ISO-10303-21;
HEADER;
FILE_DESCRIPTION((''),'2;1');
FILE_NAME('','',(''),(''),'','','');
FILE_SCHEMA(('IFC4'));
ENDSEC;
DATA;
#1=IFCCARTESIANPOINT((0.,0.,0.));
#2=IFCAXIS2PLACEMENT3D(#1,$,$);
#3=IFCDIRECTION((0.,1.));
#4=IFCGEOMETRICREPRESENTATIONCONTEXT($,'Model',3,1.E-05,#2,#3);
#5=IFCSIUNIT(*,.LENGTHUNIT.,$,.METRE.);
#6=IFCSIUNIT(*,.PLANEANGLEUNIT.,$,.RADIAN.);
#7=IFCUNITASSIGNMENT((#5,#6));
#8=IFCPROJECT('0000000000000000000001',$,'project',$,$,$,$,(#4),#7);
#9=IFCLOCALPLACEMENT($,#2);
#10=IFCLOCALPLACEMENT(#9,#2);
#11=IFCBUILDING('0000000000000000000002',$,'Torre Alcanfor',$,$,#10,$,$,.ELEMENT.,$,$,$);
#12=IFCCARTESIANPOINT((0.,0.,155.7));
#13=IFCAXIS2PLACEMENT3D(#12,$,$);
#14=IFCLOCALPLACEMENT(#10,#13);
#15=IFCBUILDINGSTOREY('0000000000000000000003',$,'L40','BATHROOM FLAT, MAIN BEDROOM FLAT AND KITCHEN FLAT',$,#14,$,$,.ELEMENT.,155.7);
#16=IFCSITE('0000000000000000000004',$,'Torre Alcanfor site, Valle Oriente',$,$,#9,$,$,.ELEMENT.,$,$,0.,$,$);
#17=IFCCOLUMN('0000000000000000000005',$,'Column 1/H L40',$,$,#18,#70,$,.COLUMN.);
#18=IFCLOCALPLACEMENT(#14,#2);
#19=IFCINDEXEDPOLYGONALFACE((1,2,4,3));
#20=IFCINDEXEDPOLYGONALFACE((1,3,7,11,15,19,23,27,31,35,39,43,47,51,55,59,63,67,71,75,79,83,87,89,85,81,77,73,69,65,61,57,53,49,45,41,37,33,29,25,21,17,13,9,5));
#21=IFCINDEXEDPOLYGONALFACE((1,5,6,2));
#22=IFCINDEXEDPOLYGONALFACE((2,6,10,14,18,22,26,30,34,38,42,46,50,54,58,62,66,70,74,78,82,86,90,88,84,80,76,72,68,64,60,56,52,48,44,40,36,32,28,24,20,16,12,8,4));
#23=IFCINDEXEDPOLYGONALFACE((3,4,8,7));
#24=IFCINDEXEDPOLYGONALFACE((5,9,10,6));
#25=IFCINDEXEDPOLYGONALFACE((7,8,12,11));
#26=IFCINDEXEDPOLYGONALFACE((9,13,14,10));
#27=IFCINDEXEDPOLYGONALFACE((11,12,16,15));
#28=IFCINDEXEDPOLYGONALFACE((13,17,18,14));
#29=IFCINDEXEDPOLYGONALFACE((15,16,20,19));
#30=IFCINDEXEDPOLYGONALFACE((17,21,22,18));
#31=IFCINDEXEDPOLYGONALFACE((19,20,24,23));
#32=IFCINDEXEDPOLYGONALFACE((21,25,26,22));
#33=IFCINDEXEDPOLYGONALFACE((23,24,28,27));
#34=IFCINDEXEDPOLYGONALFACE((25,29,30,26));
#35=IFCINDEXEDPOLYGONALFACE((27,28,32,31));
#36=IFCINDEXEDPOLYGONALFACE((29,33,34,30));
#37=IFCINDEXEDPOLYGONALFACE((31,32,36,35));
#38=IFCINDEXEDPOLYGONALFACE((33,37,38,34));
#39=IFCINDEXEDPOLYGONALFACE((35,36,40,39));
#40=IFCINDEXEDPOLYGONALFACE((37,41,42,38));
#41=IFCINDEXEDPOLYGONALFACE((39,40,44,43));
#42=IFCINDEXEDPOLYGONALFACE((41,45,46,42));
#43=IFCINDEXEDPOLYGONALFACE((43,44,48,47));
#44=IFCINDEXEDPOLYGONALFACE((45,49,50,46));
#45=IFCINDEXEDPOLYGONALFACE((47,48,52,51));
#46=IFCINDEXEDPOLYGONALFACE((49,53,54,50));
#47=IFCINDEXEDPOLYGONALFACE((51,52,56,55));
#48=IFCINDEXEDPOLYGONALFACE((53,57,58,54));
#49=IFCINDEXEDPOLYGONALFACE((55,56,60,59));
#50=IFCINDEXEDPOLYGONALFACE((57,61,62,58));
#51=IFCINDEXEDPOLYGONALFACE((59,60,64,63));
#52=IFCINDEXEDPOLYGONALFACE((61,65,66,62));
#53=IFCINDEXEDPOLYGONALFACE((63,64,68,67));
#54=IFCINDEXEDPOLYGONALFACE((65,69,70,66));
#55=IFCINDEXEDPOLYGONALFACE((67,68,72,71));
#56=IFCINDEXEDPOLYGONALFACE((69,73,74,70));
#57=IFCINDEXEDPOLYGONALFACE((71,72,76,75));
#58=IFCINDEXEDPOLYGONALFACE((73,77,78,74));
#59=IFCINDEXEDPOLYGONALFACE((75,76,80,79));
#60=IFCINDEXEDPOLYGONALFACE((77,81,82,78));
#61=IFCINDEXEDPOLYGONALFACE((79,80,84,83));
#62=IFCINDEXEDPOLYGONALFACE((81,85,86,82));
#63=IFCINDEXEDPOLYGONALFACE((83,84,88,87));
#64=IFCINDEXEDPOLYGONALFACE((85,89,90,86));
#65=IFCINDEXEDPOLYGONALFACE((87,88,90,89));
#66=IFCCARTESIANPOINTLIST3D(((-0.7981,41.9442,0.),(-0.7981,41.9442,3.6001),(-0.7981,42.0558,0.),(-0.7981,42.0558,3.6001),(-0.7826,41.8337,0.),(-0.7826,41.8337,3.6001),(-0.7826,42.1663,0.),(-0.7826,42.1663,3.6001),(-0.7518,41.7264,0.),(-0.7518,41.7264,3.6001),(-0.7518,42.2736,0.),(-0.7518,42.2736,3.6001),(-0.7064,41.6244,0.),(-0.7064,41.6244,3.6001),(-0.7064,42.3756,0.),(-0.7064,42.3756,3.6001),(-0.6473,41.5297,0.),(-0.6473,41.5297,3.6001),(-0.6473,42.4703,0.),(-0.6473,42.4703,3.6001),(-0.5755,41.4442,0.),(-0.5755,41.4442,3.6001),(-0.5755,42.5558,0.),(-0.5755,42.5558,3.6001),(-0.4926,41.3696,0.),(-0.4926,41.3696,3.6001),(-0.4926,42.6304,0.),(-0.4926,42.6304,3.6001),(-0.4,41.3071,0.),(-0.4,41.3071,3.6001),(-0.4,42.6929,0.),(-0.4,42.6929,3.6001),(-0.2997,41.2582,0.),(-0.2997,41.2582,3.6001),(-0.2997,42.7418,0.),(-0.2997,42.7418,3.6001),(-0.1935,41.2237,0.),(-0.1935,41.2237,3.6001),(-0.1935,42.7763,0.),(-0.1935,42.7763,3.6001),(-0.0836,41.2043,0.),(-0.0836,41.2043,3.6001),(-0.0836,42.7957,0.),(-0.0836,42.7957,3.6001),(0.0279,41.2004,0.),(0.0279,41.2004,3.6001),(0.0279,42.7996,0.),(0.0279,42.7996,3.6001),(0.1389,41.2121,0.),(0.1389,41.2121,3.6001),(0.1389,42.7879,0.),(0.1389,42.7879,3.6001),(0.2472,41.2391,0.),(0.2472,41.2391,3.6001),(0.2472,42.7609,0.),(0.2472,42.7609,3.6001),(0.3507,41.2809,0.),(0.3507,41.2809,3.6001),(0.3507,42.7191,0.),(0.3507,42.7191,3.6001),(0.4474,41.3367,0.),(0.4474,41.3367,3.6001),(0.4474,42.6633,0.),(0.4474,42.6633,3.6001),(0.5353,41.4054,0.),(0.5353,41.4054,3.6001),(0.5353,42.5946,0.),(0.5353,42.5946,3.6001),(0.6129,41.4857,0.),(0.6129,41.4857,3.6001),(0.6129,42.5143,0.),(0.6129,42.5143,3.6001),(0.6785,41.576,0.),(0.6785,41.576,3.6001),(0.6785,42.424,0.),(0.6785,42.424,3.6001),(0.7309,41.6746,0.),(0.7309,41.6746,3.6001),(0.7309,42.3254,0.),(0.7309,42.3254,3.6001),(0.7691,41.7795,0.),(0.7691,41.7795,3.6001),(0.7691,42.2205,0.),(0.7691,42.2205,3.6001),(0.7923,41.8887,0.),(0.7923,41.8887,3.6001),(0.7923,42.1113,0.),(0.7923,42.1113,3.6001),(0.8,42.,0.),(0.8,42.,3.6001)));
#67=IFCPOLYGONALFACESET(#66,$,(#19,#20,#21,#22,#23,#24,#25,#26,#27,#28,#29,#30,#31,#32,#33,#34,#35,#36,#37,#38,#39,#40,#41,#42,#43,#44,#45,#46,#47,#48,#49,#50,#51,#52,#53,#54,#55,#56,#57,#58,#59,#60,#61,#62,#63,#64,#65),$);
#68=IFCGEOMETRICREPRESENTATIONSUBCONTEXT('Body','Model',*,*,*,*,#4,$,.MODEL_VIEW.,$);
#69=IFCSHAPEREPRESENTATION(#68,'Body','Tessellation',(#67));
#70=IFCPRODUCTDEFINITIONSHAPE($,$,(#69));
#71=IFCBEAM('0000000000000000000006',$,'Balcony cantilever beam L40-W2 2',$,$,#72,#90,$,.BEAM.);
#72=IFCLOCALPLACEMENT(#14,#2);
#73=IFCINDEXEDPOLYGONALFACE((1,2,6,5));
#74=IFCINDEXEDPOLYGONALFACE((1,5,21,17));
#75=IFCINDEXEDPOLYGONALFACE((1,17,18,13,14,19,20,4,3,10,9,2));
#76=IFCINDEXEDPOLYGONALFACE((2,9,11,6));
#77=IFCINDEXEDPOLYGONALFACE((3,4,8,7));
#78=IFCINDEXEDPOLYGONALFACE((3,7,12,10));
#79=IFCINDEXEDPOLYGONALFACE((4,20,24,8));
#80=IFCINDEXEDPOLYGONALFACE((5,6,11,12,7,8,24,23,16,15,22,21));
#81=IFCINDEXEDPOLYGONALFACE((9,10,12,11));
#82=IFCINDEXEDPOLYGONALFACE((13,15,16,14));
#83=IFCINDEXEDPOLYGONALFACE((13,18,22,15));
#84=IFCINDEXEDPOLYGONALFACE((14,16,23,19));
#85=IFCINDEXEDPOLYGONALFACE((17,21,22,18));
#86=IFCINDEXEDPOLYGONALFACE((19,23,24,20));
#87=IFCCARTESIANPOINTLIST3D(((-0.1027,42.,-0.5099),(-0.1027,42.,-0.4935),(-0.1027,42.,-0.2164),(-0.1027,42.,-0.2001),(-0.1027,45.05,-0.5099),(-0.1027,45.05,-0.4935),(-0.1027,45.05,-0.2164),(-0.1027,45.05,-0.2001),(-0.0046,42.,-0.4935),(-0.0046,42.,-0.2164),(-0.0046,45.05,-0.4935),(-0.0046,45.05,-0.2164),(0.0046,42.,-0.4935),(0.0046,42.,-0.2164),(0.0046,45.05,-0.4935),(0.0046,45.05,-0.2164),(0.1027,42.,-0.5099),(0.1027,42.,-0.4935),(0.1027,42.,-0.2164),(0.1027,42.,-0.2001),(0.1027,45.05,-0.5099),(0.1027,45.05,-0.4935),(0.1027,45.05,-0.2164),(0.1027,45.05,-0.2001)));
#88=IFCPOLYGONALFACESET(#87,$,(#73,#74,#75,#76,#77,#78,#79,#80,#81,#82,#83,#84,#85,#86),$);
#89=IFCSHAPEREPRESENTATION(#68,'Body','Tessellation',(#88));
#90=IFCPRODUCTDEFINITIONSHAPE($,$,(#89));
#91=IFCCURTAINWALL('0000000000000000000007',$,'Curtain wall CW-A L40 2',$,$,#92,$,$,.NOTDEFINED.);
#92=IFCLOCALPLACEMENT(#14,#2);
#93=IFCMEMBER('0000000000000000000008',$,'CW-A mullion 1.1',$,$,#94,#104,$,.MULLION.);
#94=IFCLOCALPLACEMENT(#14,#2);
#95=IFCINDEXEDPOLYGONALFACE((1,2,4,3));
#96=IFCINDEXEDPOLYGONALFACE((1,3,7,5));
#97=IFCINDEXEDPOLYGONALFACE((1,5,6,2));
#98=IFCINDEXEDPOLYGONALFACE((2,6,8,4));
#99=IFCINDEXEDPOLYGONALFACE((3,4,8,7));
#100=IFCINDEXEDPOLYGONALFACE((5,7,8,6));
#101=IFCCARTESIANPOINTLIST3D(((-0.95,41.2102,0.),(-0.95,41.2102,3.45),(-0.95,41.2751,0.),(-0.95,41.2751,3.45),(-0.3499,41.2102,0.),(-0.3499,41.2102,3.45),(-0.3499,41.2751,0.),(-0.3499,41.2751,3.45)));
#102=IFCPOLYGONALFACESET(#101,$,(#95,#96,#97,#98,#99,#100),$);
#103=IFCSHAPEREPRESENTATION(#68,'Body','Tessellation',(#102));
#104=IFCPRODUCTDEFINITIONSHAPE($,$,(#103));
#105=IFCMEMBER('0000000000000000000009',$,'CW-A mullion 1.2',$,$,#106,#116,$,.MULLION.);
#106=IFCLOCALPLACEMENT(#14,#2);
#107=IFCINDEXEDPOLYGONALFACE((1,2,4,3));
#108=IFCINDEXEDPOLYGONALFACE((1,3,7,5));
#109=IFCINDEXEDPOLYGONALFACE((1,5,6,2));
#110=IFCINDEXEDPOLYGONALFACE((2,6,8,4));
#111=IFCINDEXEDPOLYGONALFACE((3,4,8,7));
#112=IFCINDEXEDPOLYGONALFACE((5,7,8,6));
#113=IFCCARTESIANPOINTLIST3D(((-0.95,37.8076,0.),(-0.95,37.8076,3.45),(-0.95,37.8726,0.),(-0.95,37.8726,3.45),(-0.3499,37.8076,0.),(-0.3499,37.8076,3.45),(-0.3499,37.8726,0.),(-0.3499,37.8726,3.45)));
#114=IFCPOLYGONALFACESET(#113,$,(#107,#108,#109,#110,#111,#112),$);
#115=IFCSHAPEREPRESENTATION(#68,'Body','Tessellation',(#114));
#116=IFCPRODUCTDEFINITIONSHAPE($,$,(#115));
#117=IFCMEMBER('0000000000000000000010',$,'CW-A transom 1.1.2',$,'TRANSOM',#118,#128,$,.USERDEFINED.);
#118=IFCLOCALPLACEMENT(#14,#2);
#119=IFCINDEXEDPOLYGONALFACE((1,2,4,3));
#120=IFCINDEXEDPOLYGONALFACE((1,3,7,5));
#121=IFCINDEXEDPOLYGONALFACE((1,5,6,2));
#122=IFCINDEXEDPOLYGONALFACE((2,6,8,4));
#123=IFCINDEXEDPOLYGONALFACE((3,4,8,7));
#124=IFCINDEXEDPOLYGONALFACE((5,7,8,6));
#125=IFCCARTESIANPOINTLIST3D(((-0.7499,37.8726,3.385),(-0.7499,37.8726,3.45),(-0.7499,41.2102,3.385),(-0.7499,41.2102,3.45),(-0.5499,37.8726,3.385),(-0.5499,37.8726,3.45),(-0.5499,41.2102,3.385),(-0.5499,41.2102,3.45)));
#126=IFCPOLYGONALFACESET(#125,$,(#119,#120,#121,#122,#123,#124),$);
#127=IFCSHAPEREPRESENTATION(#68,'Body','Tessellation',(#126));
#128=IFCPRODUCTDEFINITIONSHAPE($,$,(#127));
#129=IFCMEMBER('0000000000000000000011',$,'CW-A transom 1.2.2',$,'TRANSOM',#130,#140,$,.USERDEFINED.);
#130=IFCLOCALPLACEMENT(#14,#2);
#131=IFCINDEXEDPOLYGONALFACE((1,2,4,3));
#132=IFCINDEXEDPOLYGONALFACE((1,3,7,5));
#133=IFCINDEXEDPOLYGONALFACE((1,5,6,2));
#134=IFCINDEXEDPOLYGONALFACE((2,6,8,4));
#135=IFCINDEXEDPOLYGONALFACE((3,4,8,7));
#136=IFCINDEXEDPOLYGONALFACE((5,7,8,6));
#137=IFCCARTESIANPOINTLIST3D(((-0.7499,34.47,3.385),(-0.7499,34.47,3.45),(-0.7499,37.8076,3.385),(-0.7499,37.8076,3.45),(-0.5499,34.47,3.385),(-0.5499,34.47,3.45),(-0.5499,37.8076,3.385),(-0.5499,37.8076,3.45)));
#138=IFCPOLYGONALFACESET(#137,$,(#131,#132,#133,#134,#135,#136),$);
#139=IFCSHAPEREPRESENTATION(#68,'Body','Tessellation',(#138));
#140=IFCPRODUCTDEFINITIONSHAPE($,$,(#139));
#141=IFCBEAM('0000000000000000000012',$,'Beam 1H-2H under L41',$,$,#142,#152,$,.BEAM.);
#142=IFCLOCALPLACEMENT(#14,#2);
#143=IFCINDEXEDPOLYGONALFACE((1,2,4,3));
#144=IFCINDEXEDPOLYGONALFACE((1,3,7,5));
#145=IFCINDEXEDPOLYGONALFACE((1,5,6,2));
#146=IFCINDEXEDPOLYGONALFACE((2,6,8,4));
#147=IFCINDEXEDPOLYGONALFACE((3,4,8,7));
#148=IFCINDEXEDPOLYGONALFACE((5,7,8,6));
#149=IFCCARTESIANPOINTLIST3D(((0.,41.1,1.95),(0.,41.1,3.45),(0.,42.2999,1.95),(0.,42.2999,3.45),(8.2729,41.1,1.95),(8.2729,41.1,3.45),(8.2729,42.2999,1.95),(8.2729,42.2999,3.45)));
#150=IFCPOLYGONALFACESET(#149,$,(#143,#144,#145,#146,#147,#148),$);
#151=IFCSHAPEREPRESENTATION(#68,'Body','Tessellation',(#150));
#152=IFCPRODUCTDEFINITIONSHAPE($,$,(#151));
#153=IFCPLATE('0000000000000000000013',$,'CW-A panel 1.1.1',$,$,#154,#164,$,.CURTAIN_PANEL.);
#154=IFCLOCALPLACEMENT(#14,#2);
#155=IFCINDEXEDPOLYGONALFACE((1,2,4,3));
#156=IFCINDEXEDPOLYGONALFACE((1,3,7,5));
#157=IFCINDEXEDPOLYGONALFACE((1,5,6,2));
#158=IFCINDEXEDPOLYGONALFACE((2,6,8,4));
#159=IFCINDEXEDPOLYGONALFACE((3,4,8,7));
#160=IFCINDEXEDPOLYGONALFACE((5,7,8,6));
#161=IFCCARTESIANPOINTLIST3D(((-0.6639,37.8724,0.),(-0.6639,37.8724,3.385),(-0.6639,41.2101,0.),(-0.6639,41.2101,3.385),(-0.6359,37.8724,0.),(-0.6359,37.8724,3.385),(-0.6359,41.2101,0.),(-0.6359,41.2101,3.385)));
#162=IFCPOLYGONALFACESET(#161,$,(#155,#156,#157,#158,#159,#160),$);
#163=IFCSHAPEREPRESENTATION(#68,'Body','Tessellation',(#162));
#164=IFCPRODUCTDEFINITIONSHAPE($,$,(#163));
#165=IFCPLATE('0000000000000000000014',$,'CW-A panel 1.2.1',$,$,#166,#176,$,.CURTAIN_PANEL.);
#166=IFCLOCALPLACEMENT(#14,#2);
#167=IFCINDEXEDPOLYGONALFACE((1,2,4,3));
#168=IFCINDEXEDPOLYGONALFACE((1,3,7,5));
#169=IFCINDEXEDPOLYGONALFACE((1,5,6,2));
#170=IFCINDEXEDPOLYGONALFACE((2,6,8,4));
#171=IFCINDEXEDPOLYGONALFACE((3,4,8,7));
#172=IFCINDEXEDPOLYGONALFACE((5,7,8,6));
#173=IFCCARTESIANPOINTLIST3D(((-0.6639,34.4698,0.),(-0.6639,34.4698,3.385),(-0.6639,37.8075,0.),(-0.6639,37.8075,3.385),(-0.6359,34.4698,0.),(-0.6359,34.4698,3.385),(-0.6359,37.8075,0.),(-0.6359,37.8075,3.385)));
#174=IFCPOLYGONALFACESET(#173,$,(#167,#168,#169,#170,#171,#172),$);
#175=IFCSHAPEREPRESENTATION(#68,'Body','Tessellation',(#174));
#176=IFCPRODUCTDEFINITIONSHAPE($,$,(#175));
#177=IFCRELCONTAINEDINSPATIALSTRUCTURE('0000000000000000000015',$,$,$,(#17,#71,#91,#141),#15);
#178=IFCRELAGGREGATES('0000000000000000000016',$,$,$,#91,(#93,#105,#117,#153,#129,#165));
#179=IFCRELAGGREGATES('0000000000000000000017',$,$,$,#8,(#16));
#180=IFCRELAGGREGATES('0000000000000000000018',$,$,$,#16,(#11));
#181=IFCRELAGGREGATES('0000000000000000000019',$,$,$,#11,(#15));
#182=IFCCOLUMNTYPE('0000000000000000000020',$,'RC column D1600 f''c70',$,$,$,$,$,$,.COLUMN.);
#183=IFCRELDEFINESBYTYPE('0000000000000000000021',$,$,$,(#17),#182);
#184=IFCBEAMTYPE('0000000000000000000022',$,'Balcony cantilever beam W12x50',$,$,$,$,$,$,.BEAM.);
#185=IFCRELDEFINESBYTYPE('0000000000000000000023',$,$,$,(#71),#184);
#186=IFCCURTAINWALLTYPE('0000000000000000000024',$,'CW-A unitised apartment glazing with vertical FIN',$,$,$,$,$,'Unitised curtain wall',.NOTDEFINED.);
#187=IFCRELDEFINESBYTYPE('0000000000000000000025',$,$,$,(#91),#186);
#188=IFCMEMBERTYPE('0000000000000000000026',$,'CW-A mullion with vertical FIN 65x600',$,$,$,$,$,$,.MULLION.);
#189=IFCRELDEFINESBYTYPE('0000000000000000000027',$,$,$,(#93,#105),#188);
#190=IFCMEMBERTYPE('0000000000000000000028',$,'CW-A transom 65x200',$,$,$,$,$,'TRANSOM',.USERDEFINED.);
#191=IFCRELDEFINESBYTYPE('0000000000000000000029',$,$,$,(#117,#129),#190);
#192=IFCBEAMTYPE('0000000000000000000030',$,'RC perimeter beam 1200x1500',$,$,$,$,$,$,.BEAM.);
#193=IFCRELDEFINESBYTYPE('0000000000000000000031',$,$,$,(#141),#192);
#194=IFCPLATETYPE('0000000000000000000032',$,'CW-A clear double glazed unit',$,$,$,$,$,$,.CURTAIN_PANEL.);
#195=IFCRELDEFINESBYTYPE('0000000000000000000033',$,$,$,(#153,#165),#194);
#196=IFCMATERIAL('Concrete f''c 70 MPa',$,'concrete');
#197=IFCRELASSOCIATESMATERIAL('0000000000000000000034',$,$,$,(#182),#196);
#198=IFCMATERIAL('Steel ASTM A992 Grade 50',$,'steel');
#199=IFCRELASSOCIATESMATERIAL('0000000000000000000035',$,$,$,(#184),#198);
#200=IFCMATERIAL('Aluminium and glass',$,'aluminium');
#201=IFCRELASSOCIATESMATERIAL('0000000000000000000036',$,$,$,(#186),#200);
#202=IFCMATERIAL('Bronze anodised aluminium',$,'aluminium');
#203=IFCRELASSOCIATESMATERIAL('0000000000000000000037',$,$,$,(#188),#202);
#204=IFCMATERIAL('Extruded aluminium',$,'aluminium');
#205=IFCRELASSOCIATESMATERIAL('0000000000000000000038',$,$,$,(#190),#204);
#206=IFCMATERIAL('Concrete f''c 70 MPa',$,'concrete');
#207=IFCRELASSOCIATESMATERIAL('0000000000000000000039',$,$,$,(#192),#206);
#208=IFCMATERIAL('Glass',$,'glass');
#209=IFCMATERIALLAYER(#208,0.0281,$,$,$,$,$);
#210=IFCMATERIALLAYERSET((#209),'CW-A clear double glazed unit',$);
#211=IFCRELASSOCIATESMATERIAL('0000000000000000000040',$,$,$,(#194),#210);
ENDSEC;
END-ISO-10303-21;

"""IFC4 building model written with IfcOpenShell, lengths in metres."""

from ifc_helpers import new_model, si_unit, direction, frame, origin, origin_2d, place, context, subcontext, project, spatial, rectangle, circle, i_section, extrude, material, layer, layer_set, material_profile, profile_set, type_object, element, aggregate, save


model = new_model("IFC4")

# Units and contexts
model_context = context("Model", 3, precision=1e-05, world=origin(), true_north=direction((0.0, 1.0)))
body_context = subcontext(model_context, "Body", "Model", "MODEL_VIEW")
ifc_project = project(units=[si_unit("LENGTHUNIT", "METRE"), si_unit("PLANEANGLEUNIT", "RADIAN")], contexts=[model_context])

# Site, building, storey
site_placement = place(None, origin())
site = spatial("IfcSite", under=ifc_project, at=site_placement, Name="Torre Alcanfor site, Valle Oriente", CompositionType="ELEMENT", RefElevation=0.0)
building_placement = place(site_placement, origin())
building = spatial("IfcBuilding", under=site, at=building_placement, Name="Torre Alcanfor", CompositionType="ELEMENT")
storey_placement = place(building_placement, frame((0.0, 0.0, 155.7)))
storey = spatial("IfcBuildingStorey", under=building, at=storey_placement, Name="L40", Description="BATHROOM FLAT, MAIN BEDROOM FLAT AND KITCHEN FLAT", CompositionType="ELEMENT", Elevation=155.7)

# Column
ifc_material_1 = material(Name="Concrete f'c 70 MPa", Category="concrete")
ifc_material_profile_1 = material_profile(ifc_material_1, circle(Radius=0.8, at=origin_2d()), Name="D1600")
ifc_profile_set_1 = profile_set([ifc_material_profile_1], Name="Concrete f'c 70 MPa")
column_type = type_object("IfcColumnType", Name="RC column D1600 f'c70", PredefinedType="COLUMN", material=ifc_profile_set_1)
column_placement = place(storey_placement, frame((0.0, 42.0, 0.0), z_axis=(0.0, 0.0, 1.0), x_axis=(1.0, 0.0, 0.0)))
element("IfcColumn", 1, at=column_placement, inside=storey, type_object=column_type, Name="Column 1/H L40", PredefinedType="COLUMN", context=body_context, shape_type="SweptSolid", body=[
    extrude(circle(Radius=0.8, at=origin_2d()), origin(), (0.0, 0.0, 1.0), 3.6001),
])

# Beam
ifc_material_2 = material(Name="Steel ASTM A992 Grade 50", Category="steel")
ifc_material_profile_2 = material_profile(ifc_material_2, i_section(OverallWidth=0.2053, OverallDepth=0.3098, WebThickness=0.0093, FlangeThickness=0.0164, at=origin_2d()), Name="W12x50")
ifc_profile_set_2 = profile_set([ifc_material_profile_2], Name="Steel ASTM A992 Grade 50")
beam_type_1 = type_object("IfcBeamType", Name="Balcony cantilever beam W12x50", PredefinedType="BEAM", material=ifc_profile_set_2)
beam_1_placement = place(storey_placement, frame((0.0, 42.0, -0.355), z_axis=(0.0, 1.0, 0.0), x_axis=(-1.0, 0.0, 0.0)))
element("IfcBeam", 2, at=beam_1_placement, inside=storey, type_object=beam_type_1, Name="Balcony cantilever beam L40-W2 2", PredefinedType="BEAM", context=body_context, shape_type="SweptSolid", body=[
    extrude(i_section(OverallWidth=0.2053, OverallDepth=0.3098, WebThickness=0.0093, FlangeThickness=0.0164, at=origin_2d()), origin(), (0.0, 0.0, 1.0), 3.05),
])

# Curtain wall, members
ifc_material_3 = material(Name="Aluminium and glass", Category="aluminium")
curtain_wall_type = type_object("IfcCurtainWallType", Name="CW-A unitised apartment glazing with vertical FIN", ElementType="Unitised curtain wall", PredefinedType="NOTDEFINED", material=ifc_material_3)
curtain_wall_placement = place(storey_placement, origin())
curtain_wall = element("IfcCurtainWall", 3, at=curtain_wall_placement, inside=storey, type_object=curtain_wall_type, Name="Curtain wall CW-A L40 2", PredefinedType="NOTDEFINED")
ifc_material_4 = material(Name="Bronze anodised aluminium", Category="aluminium")
ifc_material_profile_3 = material_profile(ifc_material_4, rectangle(XDim=0.6001, YDim=0.0649, at=origin_2d()), Name="CW-A mullion 65x600")
ifc_profile_set_3 = profile_set([ifc_material_profile_3], Name="Bronze anodised aluminium")
member_type_1 = type_object("IfcMemberType", Name="CW-A mullion with vertical FIN 65x600", PredefinedType="MULLION", material=ifc_profile_set_3)
member_1_placement = place(storey_placement, frame((-0.6499, 41.2427, 0.0), z_axis=(0.0, 0.0, 1.0), x_axis=(1.0, 0.0, 0.0)))
member_1 = element("IfcMember", 4, at=member_1_placement, type_object=member_type_1, Name="CW-A mullion 1.1", PredefinedType="MULLION", context=body_context, shape_type="SweptSolid", body=[
    extrude(rectangle(XDim=0.6001, YDim=0.0649, at=origin_2d()), origin(), (0.0, 0.0, 1.0), 3.45),
])
member_2_placement = place(storey_placement, frame((-0.6499, 37.8401, 0.0), z_axis=(0.0, 0.0, 1.0), x_axis=(1.0, 0.0, 0.0)))
member_2 = element("IfcMember", 5, at=member_2_placement, type_object=member_type_1, Name="CW-A mullion 1.2", PredefinedType="MULLION", context=body_context, shape_type="SweptSolid", body=[
    extrude(rectangle(XDim=0.6001, YDim=0.0649, at=origin_2d()), origin(), (0.0, 0.0, 1.0), 3.45),
])
ifc_material_5 = material(Name="Extruded aluminium", Category="aluminium")
ifc_material_profile_4 = material_profile(ifc_material_5, rectangle(XDim=0.2, YDim=0.0649, at=origin_2d()), Name="CW-A transom 200x65")
ifc_profile_set_4 = profile_set([ifc_material_profile_4], Name="Extruded aluminium")
member_type_2 = type_object("IfcMemberType", Name="CW-A transom 65x200", ElementType="TRANSOM", PredefinedType="USERDEFINED", material=ifc_profile_set_4)
member_3_placement = place(storey_placement, frame((-0.6499, 41.2102, 3.4175), z_axis=(0.0, -1.0, 0.0), x_axis=(1.0, 0.0, 0.0)))
member_3 = element("IfcMember", 6, at=member_3_placement, type_object=member_type_2, Name="CW-A transom 1.1.2", ObjectType="TRANSOM", PredefinedType="USERDEFINED", context=body_context, shape_type="SweptSolid", body=[
    extrude(rectangle(XDim=0.2, YDim=0.0649, at=origin_2d()), origin(), (0.0, 0.0, 1.0), 3.3376),
])
member_4_placement = place(storey_placement, frame((-0.6499, 37.8076, 3.4175), z_axis=(0.0, -1.0, 0.0), x_axis=(1.0, 0.0, 0.0)))
member_4 = element("IfcMember", 7, at=member_4_placement, type_object=member_type_2, Name="CW-A transom 1.2.2", ObjectType="TRANSOM", PredefinedType="USERDEFINED", context=body_context, shape_type="SweptSolid", body=[
    extrude(rectangle(XDim=0.2, YDim=0.0649, at=origin_2d()), origin(), (0.0, 0.0, 1.0), 3.3376),
])

# Beam
ifc_material_6 = material(Name="Concrete f'c 70 MPa", Category="concrete")
ifc_material_profile_5 = material_profile(ifc_material_6, rectangle(XDim=1.2, YDim=1.5, at=origin_2d()), Name="1200x1500")
ifc_profile_set_5 = profile_set([ifc_material_profile_5], Name="Concrete f'c 70 MPa")
beam_type_2 = type_object("IfcBeamType", Name="RC perimeter beam 1200x1500", PredefinedType="BEAM", material=ifc_profile_set_5)
beam_2_placement = place(storey_placement, frame((0.0, 41.7, 2.7), z_axis=(1.0, 0.0, 0.0), x_axis=(0.0, 1.0, 0.0)))
element("IfcBeam", 8, at=beam_2_placement, inside=storey, type_object=beam_type_2, Name="Beam 1H-2H under L41", PredefinedType="BEAM", context=body_context, shape_type="SweptSolid", body=[
    extrude(rectangle(XDim=1.2, YDim=1.5, at=origin_2d()), origin(), (0.0, 0.0, 1.0), 8.2729),
])

# Plates
ifc_material_7 = material(Name="Glass", Category="glass")
ifc_layer_1 = layer(ifc_material_7, 0.0281)
ifc_layer_set_1 = layer_set([ifc_layer_1], Name="CW-A clear double glazed unit")
plate_type = type_object("IfcPlateType", Name="CW-A clear double glazed unit", PredefinedType="CURTAIN_PANEL", material=ifc_layer_set_1)
plate_1_placement = place(storey_placement, frame((-0.6499, 39.5413, 0.0), z_axis=(0.0, 0.0, 1.0), x_axis=(0.0, -1.0, 0.0)))
plate_1 = element("IfcPlate", 9, at=plate_1_placement, type_object=plate_type, Name="CW-A panel 1.1.1", PredefinedType="CURTAIN_PANEL", context=body_context, shape_type="SweptSolid", body=[
    extrude(rectangle(XDim=3.3376, YDim=0.0281, at=origin_2d()), origin(), (0.0, 0.0, 1.0), 3.385),
])
plate_2_placement = place(storey_placement, frame((-0.6499, 36.1387, 0.0), z_axis=(0.0, 0.0, 1.0), x_axis=(0.0, -1.0, 0.0)))
plate_2 = element("IfcPlate", 10, at=plate_2_placement, type_object=plate_type, Name="CW-A panel 1.2.1", PredefinedType="CURTAIN_PANEL", context=body_context, shape_type="SweptSolid", body=[
    extrude(rectangle(XDim=3.3376, YDim=0.0281, at=origin_2d()), origin(), (0.0, 0.0, 1.0), 3.385),
])
aggregate(curtain_wall, [member_1, member_2, member_3, plate_1, member_4, plate_2])

save(model, "model.ifc")
